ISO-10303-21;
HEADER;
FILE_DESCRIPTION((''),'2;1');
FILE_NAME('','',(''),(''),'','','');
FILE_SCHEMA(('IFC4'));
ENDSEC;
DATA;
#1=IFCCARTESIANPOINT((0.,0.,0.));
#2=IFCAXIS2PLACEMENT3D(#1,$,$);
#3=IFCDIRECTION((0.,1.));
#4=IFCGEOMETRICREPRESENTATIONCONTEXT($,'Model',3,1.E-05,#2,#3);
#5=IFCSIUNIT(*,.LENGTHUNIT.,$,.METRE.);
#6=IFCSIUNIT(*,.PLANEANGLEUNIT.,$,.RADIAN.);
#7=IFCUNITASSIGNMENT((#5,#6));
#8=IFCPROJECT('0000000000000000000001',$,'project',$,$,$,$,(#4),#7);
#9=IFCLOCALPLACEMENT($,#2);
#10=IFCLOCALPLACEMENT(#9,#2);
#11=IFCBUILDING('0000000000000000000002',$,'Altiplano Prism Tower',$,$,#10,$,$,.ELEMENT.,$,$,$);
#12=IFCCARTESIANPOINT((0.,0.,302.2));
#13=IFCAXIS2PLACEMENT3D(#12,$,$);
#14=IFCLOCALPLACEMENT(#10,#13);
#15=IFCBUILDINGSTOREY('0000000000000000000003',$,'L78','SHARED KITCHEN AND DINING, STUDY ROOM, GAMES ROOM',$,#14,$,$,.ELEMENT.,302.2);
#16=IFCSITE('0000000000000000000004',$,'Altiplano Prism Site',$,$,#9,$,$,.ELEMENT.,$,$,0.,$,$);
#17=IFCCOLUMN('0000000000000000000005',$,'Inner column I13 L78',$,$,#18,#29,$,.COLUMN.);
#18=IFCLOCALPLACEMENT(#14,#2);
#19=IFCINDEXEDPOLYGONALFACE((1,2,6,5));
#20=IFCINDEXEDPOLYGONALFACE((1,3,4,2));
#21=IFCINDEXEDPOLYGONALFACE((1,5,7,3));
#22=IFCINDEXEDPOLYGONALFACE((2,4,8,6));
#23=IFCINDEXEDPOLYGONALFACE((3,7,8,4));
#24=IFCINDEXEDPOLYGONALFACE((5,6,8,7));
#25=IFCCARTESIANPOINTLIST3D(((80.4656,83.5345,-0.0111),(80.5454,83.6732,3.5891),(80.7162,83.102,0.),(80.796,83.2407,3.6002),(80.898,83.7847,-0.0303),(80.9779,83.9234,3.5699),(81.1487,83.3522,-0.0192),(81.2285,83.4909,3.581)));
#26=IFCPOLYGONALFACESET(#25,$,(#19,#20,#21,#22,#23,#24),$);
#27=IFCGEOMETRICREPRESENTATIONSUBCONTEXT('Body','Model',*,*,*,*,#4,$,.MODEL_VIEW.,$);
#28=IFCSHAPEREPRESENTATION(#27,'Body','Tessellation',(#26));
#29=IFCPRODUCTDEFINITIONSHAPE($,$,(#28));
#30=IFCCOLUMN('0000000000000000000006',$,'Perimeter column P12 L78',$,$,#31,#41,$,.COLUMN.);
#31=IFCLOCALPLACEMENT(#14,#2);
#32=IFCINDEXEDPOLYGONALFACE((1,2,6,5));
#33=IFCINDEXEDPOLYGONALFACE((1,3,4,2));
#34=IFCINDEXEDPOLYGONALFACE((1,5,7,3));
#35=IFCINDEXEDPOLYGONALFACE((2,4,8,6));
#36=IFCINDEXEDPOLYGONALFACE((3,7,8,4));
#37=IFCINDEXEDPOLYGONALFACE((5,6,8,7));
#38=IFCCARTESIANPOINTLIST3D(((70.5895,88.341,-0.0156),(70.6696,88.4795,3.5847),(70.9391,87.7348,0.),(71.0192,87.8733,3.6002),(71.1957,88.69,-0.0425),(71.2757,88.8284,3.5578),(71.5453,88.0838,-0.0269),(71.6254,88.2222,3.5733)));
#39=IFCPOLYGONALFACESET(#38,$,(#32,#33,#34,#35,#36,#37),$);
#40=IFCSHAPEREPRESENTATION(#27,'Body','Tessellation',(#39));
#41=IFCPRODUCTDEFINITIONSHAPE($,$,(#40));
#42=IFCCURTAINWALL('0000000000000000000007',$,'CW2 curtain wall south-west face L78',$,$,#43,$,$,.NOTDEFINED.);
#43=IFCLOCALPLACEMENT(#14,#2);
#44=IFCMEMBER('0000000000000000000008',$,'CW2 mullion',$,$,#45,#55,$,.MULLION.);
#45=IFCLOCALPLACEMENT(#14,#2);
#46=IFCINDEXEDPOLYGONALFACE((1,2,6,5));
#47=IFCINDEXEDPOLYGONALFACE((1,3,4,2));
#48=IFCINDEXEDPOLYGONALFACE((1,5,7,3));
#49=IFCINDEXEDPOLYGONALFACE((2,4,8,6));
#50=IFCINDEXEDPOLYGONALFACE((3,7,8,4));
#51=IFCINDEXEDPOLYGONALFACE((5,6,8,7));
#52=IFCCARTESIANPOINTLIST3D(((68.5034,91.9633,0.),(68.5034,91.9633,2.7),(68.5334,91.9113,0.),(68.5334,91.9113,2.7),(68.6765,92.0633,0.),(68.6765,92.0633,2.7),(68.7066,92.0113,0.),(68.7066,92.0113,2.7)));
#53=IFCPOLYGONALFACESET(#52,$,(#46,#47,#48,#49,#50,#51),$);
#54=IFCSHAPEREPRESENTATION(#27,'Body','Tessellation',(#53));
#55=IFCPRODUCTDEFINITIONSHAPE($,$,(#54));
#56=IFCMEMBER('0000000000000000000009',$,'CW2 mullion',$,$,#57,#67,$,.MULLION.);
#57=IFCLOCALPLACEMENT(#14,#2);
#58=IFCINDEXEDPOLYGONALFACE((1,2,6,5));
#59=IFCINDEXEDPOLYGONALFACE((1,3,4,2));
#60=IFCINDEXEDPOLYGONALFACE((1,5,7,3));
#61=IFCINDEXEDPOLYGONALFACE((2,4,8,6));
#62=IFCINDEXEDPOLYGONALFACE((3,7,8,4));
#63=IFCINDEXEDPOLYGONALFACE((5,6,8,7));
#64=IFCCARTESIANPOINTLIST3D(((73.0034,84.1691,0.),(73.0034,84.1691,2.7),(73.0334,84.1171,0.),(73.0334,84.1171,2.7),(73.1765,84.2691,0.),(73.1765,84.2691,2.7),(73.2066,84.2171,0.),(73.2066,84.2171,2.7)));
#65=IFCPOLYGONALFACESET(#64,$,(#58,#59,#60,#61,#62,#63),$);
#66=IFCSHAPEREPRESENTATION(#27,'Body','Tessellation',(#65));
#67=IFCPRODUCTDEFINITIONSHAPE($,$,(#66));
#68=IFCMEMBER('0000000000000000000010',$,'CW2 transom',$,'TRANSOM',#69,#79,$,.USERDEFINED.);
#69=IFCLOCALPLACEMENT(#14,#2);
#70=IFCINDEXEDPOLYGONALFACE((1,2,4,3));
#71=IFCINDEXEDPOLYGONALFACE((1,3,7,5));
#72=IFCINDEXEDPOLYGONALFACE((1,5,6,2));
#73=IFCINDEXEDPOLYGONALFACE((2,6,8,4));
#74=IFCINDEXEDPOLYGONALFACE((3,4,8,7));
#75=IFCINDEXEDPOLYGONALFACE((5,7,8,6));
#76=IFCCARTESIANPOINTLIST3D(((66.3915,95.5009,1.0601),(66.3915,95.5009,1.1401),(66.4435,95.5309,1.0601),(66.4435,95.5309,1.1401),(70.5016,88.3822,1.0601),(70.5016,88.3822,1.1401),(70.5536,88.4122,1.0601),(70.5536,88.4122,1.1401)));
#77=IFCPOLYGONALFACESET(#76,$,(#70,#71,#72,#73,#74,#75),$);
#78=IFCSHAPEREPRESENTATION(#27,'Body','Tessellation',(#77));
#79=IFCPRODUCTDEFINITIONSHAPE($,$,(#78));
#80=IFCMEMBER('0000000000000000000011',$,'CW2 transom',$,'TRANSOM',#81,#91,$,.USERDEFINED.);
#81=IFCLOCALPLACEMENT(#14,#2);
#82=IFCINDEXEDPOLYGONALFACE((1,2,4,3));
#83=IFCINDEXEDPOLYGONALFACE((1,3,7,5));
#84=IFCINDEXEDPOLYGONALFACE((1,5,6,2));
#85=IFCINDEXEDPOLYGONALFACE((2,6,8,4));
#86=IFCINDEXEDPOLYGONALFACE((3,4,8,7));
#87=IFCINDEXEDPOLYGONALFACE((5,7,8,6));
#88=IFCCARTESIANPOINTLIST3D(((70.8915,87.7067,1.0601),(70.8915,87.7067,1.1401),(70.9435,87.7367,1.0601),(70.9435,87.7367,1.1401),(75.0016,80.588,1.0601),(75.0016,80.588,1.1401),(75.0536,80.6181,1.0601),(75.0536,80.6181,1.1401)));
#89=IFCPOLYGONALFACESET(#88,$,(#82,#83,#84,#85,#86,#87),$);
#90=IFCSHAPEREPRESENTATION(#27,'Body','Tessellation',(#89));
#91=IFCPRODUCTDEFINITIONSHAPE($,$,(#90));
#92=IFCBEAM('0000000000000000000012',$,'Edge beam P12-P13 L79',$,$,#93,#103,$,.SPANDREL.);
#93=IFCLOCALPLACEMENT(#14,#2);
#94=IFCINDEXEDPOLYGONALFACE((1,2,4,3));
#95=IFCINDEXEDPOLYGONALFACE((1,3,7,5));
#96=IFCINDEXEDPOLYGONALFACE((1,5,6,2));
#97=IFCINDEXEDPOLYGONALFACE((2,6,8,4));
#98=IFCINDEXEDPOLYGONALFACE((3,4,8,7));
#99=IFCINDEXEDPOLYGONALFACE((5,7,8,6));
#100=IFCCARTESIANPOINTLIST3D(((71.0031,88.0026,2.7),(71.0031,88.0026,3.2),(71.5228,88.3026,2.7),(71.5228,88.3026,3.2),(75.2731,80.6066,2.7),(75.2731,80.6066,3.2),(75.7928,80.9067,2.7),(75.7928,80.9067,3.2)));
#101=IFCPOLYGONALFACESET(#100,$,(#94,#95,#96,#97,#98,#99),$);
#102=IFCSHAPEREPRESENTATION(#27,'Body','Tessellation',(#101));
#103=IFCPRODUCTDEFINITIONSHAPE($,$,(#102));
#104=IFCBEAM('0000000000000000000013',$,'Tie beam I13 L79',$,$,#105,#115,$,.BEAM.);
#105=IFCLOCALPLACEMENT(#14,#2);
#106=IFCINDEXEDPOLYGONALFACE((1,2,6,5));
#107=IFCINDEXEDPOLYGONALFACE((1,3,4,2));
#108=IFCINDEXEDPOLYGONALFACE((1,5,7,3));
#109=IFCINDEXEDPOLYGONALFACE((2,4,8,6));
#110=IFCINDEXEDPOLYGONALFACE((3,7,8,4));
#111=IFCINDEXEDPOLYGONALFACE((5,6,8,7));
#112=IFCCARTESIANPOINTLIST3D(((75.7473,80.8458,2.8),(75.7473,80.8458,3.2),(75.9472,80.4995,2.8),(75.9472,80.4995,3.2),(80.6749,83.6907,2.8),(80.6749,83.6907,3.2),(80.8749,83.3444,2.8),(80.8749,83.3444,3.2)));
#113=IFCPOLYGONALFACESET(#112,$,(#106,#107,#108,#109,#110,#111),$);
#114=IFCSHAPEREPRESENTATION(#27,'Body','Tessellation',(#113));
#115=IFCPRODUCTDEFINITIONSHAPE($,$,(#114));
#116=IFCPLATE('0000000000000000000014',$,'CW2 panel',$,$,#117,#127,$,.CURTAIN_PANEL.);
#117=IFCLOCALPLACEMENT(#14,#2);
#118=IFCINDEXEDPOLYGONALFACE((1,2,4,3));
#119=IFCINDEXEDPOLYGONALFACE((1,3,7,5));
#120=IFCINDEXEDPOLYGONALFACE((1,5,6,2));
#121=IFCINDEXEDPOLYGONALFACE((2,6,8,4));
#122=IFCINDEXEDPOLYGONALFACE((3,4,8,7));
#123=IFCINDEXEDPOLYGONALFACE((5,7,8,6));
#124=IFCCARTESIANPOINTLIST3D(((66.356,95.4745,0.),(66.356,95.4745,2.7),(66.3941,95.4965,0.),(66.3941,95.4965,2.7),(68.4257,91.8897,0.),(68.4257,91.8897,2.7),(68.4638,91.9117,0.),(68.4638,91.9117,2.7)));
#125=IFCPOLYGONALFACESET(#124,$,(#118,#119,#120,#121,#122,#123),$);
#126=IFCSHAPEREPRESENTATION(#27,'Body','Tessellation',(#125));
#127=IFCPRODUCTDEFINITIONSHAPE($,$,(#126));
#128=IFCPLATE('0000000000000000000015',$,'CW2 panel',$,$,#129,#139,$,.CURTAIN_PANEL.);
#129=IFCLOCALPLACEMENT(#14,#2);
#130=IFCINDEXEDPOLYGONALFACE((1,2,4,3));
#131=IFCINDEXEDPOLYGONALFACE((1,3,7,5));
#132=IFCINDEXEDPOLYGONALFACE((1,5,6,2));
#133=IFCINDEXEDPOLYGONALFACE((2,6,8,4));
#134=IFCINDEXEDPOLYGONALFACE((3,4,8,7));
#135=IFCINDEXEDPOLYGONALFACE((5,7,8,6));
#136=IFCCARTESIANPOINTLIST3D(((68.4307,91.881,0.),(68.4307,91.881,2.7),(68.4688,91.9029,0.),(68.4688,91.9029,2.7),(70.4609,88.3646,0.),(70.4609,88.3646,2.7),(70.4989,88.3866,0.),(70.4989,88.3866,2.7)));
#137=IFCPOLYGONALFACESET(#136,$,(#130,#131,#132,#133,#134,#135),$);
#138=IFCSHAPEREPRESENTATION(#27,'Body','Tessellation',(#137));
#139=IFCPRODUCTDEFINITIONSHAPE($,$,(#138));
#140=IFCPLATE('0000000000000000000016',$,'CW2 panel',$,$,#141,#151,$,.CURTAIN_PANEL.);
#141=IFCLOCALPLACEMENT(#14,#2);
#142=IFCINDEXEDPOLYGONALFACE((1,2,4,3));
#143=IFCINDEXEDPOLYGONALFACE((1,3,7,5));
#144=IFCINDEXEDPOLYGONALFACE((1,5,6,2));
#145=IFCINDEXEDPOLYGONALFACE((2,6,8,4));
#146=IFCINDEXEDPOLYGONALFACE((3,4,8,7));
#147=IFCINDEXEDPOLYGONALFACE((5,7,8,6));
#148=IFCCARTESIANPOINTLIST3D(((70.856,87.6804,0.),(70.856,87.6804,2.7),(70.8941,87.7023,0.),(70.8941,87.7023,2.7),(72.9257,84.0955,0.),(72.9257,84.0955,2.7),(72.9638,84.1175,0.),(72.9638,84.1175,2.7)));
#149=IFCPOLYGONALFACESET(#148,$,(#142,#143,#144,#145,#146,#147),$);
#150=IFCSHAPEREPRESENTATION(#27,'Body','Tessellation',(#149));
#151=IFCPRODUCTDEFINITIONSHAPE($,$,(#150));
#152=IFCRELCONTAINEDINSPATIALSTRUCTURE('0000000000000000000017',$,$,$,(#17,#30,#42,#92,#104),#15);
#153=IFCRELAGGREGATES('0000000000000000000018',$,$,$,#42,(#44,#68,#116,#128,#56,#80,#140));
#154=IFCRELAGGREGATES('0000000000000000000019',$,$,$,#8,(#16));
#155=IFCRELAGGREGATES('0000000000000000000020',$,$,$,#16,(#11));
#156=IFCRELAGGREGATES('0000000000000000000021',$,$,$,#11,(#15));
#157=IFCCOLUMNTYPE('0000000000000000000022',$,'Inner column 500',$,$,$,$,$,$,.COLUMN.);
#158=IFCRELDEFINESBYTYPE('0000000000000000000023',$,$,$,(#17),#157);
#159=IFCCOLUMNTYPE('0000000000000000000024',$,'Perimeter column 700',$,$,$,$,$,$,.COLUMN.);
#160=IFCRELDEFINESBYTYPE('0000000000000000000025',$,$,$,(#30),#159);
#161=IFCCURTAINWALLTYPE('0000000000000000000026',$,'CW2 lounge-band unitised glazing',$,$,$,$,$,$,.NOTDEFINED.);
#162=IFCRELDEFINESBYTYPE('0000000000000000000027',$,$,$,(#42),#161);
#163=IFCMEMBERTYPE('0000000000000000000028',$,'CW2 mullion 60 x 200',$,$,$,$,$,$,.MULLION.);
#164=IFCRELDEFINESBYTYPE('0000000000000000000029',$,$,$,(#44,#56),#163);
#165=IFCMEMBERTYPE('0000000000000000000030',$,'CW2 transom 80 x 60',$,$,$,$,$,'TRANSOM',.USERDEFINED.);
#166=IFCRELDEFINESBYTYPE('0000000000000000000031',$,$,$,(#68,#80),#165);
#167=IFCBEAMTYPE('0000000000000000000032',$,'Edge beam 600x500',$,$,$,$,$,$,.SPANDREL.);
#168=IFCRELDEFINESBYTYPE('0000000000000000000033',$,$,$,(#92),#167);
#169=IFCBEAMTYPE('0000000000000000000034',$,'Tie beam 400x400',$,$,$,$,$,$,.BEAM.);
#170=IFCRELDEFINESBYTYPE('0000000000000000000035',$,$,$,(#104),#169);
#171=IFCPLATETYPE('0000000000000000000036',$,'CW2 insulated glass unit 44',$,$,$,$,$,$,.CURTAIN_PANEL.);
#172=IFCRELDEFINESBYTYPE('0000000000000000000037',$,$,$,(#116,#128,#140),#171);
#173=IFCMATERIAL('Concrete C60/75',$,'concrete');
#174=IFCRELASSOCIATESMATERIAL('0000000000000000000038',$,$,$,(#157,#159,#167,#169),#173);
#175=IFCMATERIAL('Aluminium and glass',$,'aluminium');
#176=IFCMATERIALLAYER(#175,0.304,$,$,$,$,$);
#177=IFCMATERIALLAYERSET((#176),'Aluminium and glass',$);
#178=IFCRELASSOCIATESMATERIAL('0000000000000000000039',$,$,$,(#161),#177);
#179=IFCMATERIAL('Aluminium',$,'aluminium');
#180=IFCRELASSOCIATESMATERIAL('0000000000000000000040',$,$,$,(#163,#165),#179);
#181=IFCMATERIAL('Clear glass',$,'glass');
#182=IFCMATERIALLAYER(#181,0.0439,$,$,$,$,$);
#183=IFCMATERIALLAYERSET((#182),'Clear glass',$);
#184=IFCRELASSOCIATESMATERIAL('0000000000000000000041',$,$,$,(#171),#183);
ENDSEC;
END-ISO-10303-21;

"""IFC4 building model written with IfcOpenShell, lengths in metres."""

from ifc_helpers import new_model, si_unit, direction, frame, origin, origin_2d, place, context, subcontext, project, spatial, rectangle, extrude, material, layer, layer_set, material_profile, profile_set, type_object, element, aggregate, save


model = new_model("IFC4")

# Units and contexts
model_context = context("Model", 3, precision=1e-05, world=origin(), true_north=direction((0.0, 1.0)))
body_context = subcontext(model_context, "Body", "Model", "MODEL_VIEW")
ifc_project = project(units=[si_unit("LENGTHUNIT", "METRE"), si_unit("PLANEANGLEUNIT", "RADIAN")], contexts=[model_context])

# Site, building, storey
site_placement = place(None, origin())
site = spatial("IfcSite", under=ifc_project, at=site_placement, Name="Altiplano Prism Site", CompositionType="ELEMENT", RefElevation=0.0)
building_placement = place(site_placement, origin())
building = spatial("IfcBuilding", under=site, at=building_placement, Name="Altiplano Prism Tower", CompositionType="ELEMENT")
storey_placement = place(building_placement, frame((0.0, 0.0, 302.2)))
storey = spatial("IfcBuildingStorey", under=building, at=storey_placement, Name="L78", Description="SHARED KITCHEN AND DINING, STUDY ROOM, GAMES ROOM", CompositionType="ELEMENT", Elevation=302.2)

# Columns
ifc_material_1 = material(Name="Concrete C60/75", Category="concrete")
ifc_material_profile_1 = material_profile(ifc_material_1, rectangle(XDim=0.5, YDim=0.5, at=origin_2d()), Name="Inner column 500")
ifc_profile_set_1 = profile_set([ifc_material_profile_1], Name="Concrete C60/75")
column_type_1 = type_object("IfcColumnType", Name="Inner column 500", PredefinedType="COLUMN", material=ifc_profile_set_1)
column_1_placement = place(storey_placement, frame((80.8071, 83.4434, -0.0151), z_axis=(0.022154, 0.038481, 0.999014), x_axis=(-0.86498, -0.500331, 0.038454)))
element("IfcColumn", 1, at=column_1_placement, inside=storey, type_object=column_type_1, Name="Inner column I13 L78", PredefinedType="COLUMN", context=body_context, shape_type="SweptSolid", body=[
    extrude(rectangle(XDim=0.5, YDim=0.5, at=origin_2d()), origin(), (0.0, 0.0, 1.0), 3.6038),
])
ifc_material_profile_2 = material_profile(ifc_material_1, rectangle(XDim=0.7, YDim=0.7, at=origin_2d()), Name="Perimeter column 700")
ifc_profile_set_2 = profile_set([ifc_material_profile_2], Name="Concrete C60/75")
column_type_2 = type_object("IfcColumnType", Name="Perimeter column 700", PredefinedType="COLUMN", material=ifc_profile_set_2)
column_2_placement = place(storey_placement, frame((71.0674, 88.2124, -0.0212), z_axis=(0.022221, 0.038413, 0.999015), x_axis=(-0.866024, -0.498523, 0.038432)))
element("IfcColumn", 2, at=column_2_placement, inside=storey, type_object=column_type_2, Name="Perimeter column P12 L78", PredefinedType="COLUMN", context=body_context, shape_type="SweptSolid", body=[
    extrude(rectangle(XDim=0.7, YDim=0.7, at=origin_2d()), origin(), (0.0, 0.0, 1.0), 3.6038),
])

# Curtain wall, members
ifc_material_2 = material(Name="Aluminium and glass", Category="aluminium")
ifc_layer_1 = layer(ifc_material_2, 0.304)
ifc_layer_set_1 = layer_set([ifc_layer_1], Name="Aluminium and glass")
curtain_wall_type = type_object("IfcCurtainWallType", Name="CW2 lounge-band unitised glazing", PredefinedType="NOTDEFINED", material=ifc_layer_set_1)
curtain_wall_placement = place(storey_placement, origin())
curtain_wall = element("IfcCurtainWall", 3, at=curtain_wall_placement, inside=storey, type_object=curtain_wall_type, Name="CW2 curtain wall south-west face L78", PredefinedType="NOTDEFINED")
ifc_material_3 = material(Name="Aluminium", Category="aluminium")
ifc_material_profile_3 = material_profile(ifc_material_3, rectangle(XDim=0.2, YDim=0.0601, at=origin_2d()), Name="CW2 mullion 60 x 200")
ifc_profile_set_3 = profile_set([ifc_material_profile_3], Name="Aluminium")
member_type_1 = type_object("IfcMemberType", Name="CW2 mullion 60 x 200", PredefinedType="MULLION", material=ifc_profile_set_3)
member_1_placement = place(storey_placement, frame((68.605, 91.9873, 0.0), z_axis=(0.0, 0.0, 1.0), x_axis=(0.866025, 0.5, 0.0)))
member_1 = element("IfcMember", 4, at=member_1_placement, type_object=member_type_1, Name="CW2 mullion", PredefinedType="MULLION", context=body_context, shape_type="SweptSolid", body=[
    extrude(rectangle(XDim=0.2, YDim=0.0601, at=origin_2d()), origin(), (0.0, 0.0, 1.0), 2.7),
])
member_2_placement = place(storey_placement, frame((73.105, 84.1931, 0.0), z_axis=(0.0, 0.0, 1.0), x_axis=(0.866025, 0.5, 0.0)))
member_2 = element("IfcMember", 5, at=member_2_placement, type_object=member_type_1, Name="CW2 mullion", PredefinedType="MULLION", context=body_context, shape_type="SweptSolid", body=[
    extrude(rectangle(XDim=0.2, YDim=0.0601, at=origin_2d()), origin(), (0.0, 0.0, 1.0), 2.7),
])
ifc_material_profile_4 = material_profile(ifc_material_3, rectangle(XDim=0.0601, YDim=0.0801, at=origin_2d()), Name="CW2 transom 80 x 60")
ifc_profile_set_4 = profile_set([ifc_material_profile_4], Name="Aluminium")
member_type_2 = type_object("IfcMemberType", Name="CW2 transom 80 x 60", ElementType="TRANSOM", PredefinedType="USERDEFINED", material=ifc_profile_set_4)
member_3_placement = place(storey_placement, frame((66.4175, 95.5159, 1.1001), z_axis=(0.500014, -0.866017, 0.0), x_axis=(0.866017, 0.500014, 0.0)))
member_3 = element("IfcMember", 6, at=member_3_placement, type_object=member_type_2, Name="CW2 transom", ObjectType="TRANSOM", PredefinedType="USERDEFINED", context=body_context, shape_type="SweptSolid", body=[
    extrude(rectangle(XDim=0.0601, YDim=0.0801, at=origin_2d()), origin(), (0.0, 0.0, 1.0), 8.22),
])
member_4_placement = place(storey_placement, frame((70.9175, 87.7217, 1.1001), z_axis=(0.500014, -0.866017, 0.0), x_axis=(0.866017, 0.500014, 0.0)))
member_4 = element("IfcMember", 7, at=member_4_placement, type_object=member_type_2, Name="CW2 transom", ObjectType="TRANSOM", PredefinedType="USERDEFINED", context=body_context, shape_type="SweptSolid", body=[
    extrude(rectangle(XDim=0.0601, YDim=0.0801, at=origin_2d()), origin(), (0.0, 0.0, 1.0), 8.22),
])

# Beams
ifc_material_profile_5 = material_profile(ifc_material_1, rectangle(XDim=0.6001, YDim=0.5, at=origin_2d()), Name="Edge beam 600x500")
ifc_profile_set_5 = profile_set([ifc_material_profile_5], Name="Concrete C60/75")
beam_type_1 = type_object("IfcBeamType", Name="Edge beam 600x500", PredefinedType="SPANDREL", material=ifc_profile_set_5)
beam_1_placement = place(storey_placement, frame((71.2629, 88.1526, 2.95), z_axis=(0.499995, -0.866028, 0.0), x_axis=(0.866028, 0.499995, 0.0)))
element("IfcBeam", 8, at=beam_1_placement, inside=storey, type_object=beam_type_1, Name="Edge beam P12-P13 L79", PredefinedType="SPANDREL", context=body_context, shape_type="SweptSolid", body=[
    extrude(rectangle(XDim=0.6001, YDim=0.5, at=origin_2d()), origin(), (0.0, 0.0, 1.0), 8.54),
])
ifc_material_profile_6 = material_profile(ifc_material_1, rectangle(XDim=0.3999, YDim=0.3999, at=origin_2d()), Name="Tie beam 400x400")
ifc_profile_set_6 = profile_set([ifc_material_profile_6], Name="Concrete C60/75")
beam_type_2 = type_object("IfcBeamType", Name="Tie beam 400x400", PredefinedType="BEAM", material=ifc_profile_set_6)
beam_2_placement = place(storey_placement, frame((80.7749, 83.5176, 3.0), z_axis=(-0.86603, -0.499992, 0.0), x_axis=(0.499992, -0.86603, 0.0)))
element("IfcBeam", 9, at=beam_2_placement, inside=storey, type_object=beam_type_2, Name="Tie beam I13 L79", PredefinedType="BEAM", context=body_context, shape_type="SweptSolid", body=[
    extrude(rectangle(XDim=0.3999, YDim=0.3999, at=origin_2d()), origin(), (0.0, 0.0, 1.0), 5.6899),
])

# Plates
ifc_material_4 = material(Name="Clear glass", Category="glass")
ifc_layer_2 = layer(ifc_material_4, 0.0439)
ifc_layer_set_2 = layer_set([ifc_layer_2], Name="Clear glass")
plate_type = type_object("IfcPlateType", Name="CW2 insulated glass unit 44", PredefinedType="CURTAIN_PANEL", material=ifc_layer_set_2)
plate_1_placement = place(storey_placement, frame((67.4099, 93.6931, 0.0), z_axis=(0.0, 0.0, 1.0), x_axis=(0.5, -0.866025, 0.0)))
plate_1 = element("IfcPlate", 10, at=plate_1_placement, type_object=plate_type, Name="CW2 panel", PredefinedType="CURTAIN_PANEL", context=body_context, shape_type="SweptSolid", body=[
    extrude(rectangle(XDim=4.1394, YDim=0.0439, at=origin_2d()), origin(), (0.0, 0.0, 1.0), 2.7),
])
plate_2_placement = place(storey_placement, frame((69.4648, 90.1338, 0.0), z_axis=(0.0, 0.0, 1.0), x_axis=(0.5, -0.866025, 0.0)))
plate_2 = element("IfcPlate", 11, at=plate_2_placement, type_object=plate_type, Name="CW2 panel", PredefinedType="CURTAIN_PANEL", context=body_context, shape_type="SweptSolid", body=[
    extrude(rectangle(XDim=4.0603, YDim=0.0439, at=origin_2d()), origin(), (0.0, 0.0, 1.0), 2.7),
])
plate_3_placement = place(storey_placement, frame((71.9099, 85.8989, 0.0), z_axis=(0.0, 0.0, 1.0), x_axis=(0.5, -0.866025, 0.0)))
plate_3 = element("IfcPlate", 12, at=plate_3_placement, type_object=plate_type, Name="CW2 panel", PredefinedType="CURTAIN_PANEL", context=body_context, shape_type="SweptSolid", body=[
    extrude(rectangle(XDim=4.1394, YDim=0.0439, at=origin_2d()), origin(), (0.0, 0.0, 1.0), 2.7),
])
aggregate(curtain_wall, [member_1, member_3, plate_1, plate_2, member_2, member_4, plate_3])

save(model, "model.ifc")
